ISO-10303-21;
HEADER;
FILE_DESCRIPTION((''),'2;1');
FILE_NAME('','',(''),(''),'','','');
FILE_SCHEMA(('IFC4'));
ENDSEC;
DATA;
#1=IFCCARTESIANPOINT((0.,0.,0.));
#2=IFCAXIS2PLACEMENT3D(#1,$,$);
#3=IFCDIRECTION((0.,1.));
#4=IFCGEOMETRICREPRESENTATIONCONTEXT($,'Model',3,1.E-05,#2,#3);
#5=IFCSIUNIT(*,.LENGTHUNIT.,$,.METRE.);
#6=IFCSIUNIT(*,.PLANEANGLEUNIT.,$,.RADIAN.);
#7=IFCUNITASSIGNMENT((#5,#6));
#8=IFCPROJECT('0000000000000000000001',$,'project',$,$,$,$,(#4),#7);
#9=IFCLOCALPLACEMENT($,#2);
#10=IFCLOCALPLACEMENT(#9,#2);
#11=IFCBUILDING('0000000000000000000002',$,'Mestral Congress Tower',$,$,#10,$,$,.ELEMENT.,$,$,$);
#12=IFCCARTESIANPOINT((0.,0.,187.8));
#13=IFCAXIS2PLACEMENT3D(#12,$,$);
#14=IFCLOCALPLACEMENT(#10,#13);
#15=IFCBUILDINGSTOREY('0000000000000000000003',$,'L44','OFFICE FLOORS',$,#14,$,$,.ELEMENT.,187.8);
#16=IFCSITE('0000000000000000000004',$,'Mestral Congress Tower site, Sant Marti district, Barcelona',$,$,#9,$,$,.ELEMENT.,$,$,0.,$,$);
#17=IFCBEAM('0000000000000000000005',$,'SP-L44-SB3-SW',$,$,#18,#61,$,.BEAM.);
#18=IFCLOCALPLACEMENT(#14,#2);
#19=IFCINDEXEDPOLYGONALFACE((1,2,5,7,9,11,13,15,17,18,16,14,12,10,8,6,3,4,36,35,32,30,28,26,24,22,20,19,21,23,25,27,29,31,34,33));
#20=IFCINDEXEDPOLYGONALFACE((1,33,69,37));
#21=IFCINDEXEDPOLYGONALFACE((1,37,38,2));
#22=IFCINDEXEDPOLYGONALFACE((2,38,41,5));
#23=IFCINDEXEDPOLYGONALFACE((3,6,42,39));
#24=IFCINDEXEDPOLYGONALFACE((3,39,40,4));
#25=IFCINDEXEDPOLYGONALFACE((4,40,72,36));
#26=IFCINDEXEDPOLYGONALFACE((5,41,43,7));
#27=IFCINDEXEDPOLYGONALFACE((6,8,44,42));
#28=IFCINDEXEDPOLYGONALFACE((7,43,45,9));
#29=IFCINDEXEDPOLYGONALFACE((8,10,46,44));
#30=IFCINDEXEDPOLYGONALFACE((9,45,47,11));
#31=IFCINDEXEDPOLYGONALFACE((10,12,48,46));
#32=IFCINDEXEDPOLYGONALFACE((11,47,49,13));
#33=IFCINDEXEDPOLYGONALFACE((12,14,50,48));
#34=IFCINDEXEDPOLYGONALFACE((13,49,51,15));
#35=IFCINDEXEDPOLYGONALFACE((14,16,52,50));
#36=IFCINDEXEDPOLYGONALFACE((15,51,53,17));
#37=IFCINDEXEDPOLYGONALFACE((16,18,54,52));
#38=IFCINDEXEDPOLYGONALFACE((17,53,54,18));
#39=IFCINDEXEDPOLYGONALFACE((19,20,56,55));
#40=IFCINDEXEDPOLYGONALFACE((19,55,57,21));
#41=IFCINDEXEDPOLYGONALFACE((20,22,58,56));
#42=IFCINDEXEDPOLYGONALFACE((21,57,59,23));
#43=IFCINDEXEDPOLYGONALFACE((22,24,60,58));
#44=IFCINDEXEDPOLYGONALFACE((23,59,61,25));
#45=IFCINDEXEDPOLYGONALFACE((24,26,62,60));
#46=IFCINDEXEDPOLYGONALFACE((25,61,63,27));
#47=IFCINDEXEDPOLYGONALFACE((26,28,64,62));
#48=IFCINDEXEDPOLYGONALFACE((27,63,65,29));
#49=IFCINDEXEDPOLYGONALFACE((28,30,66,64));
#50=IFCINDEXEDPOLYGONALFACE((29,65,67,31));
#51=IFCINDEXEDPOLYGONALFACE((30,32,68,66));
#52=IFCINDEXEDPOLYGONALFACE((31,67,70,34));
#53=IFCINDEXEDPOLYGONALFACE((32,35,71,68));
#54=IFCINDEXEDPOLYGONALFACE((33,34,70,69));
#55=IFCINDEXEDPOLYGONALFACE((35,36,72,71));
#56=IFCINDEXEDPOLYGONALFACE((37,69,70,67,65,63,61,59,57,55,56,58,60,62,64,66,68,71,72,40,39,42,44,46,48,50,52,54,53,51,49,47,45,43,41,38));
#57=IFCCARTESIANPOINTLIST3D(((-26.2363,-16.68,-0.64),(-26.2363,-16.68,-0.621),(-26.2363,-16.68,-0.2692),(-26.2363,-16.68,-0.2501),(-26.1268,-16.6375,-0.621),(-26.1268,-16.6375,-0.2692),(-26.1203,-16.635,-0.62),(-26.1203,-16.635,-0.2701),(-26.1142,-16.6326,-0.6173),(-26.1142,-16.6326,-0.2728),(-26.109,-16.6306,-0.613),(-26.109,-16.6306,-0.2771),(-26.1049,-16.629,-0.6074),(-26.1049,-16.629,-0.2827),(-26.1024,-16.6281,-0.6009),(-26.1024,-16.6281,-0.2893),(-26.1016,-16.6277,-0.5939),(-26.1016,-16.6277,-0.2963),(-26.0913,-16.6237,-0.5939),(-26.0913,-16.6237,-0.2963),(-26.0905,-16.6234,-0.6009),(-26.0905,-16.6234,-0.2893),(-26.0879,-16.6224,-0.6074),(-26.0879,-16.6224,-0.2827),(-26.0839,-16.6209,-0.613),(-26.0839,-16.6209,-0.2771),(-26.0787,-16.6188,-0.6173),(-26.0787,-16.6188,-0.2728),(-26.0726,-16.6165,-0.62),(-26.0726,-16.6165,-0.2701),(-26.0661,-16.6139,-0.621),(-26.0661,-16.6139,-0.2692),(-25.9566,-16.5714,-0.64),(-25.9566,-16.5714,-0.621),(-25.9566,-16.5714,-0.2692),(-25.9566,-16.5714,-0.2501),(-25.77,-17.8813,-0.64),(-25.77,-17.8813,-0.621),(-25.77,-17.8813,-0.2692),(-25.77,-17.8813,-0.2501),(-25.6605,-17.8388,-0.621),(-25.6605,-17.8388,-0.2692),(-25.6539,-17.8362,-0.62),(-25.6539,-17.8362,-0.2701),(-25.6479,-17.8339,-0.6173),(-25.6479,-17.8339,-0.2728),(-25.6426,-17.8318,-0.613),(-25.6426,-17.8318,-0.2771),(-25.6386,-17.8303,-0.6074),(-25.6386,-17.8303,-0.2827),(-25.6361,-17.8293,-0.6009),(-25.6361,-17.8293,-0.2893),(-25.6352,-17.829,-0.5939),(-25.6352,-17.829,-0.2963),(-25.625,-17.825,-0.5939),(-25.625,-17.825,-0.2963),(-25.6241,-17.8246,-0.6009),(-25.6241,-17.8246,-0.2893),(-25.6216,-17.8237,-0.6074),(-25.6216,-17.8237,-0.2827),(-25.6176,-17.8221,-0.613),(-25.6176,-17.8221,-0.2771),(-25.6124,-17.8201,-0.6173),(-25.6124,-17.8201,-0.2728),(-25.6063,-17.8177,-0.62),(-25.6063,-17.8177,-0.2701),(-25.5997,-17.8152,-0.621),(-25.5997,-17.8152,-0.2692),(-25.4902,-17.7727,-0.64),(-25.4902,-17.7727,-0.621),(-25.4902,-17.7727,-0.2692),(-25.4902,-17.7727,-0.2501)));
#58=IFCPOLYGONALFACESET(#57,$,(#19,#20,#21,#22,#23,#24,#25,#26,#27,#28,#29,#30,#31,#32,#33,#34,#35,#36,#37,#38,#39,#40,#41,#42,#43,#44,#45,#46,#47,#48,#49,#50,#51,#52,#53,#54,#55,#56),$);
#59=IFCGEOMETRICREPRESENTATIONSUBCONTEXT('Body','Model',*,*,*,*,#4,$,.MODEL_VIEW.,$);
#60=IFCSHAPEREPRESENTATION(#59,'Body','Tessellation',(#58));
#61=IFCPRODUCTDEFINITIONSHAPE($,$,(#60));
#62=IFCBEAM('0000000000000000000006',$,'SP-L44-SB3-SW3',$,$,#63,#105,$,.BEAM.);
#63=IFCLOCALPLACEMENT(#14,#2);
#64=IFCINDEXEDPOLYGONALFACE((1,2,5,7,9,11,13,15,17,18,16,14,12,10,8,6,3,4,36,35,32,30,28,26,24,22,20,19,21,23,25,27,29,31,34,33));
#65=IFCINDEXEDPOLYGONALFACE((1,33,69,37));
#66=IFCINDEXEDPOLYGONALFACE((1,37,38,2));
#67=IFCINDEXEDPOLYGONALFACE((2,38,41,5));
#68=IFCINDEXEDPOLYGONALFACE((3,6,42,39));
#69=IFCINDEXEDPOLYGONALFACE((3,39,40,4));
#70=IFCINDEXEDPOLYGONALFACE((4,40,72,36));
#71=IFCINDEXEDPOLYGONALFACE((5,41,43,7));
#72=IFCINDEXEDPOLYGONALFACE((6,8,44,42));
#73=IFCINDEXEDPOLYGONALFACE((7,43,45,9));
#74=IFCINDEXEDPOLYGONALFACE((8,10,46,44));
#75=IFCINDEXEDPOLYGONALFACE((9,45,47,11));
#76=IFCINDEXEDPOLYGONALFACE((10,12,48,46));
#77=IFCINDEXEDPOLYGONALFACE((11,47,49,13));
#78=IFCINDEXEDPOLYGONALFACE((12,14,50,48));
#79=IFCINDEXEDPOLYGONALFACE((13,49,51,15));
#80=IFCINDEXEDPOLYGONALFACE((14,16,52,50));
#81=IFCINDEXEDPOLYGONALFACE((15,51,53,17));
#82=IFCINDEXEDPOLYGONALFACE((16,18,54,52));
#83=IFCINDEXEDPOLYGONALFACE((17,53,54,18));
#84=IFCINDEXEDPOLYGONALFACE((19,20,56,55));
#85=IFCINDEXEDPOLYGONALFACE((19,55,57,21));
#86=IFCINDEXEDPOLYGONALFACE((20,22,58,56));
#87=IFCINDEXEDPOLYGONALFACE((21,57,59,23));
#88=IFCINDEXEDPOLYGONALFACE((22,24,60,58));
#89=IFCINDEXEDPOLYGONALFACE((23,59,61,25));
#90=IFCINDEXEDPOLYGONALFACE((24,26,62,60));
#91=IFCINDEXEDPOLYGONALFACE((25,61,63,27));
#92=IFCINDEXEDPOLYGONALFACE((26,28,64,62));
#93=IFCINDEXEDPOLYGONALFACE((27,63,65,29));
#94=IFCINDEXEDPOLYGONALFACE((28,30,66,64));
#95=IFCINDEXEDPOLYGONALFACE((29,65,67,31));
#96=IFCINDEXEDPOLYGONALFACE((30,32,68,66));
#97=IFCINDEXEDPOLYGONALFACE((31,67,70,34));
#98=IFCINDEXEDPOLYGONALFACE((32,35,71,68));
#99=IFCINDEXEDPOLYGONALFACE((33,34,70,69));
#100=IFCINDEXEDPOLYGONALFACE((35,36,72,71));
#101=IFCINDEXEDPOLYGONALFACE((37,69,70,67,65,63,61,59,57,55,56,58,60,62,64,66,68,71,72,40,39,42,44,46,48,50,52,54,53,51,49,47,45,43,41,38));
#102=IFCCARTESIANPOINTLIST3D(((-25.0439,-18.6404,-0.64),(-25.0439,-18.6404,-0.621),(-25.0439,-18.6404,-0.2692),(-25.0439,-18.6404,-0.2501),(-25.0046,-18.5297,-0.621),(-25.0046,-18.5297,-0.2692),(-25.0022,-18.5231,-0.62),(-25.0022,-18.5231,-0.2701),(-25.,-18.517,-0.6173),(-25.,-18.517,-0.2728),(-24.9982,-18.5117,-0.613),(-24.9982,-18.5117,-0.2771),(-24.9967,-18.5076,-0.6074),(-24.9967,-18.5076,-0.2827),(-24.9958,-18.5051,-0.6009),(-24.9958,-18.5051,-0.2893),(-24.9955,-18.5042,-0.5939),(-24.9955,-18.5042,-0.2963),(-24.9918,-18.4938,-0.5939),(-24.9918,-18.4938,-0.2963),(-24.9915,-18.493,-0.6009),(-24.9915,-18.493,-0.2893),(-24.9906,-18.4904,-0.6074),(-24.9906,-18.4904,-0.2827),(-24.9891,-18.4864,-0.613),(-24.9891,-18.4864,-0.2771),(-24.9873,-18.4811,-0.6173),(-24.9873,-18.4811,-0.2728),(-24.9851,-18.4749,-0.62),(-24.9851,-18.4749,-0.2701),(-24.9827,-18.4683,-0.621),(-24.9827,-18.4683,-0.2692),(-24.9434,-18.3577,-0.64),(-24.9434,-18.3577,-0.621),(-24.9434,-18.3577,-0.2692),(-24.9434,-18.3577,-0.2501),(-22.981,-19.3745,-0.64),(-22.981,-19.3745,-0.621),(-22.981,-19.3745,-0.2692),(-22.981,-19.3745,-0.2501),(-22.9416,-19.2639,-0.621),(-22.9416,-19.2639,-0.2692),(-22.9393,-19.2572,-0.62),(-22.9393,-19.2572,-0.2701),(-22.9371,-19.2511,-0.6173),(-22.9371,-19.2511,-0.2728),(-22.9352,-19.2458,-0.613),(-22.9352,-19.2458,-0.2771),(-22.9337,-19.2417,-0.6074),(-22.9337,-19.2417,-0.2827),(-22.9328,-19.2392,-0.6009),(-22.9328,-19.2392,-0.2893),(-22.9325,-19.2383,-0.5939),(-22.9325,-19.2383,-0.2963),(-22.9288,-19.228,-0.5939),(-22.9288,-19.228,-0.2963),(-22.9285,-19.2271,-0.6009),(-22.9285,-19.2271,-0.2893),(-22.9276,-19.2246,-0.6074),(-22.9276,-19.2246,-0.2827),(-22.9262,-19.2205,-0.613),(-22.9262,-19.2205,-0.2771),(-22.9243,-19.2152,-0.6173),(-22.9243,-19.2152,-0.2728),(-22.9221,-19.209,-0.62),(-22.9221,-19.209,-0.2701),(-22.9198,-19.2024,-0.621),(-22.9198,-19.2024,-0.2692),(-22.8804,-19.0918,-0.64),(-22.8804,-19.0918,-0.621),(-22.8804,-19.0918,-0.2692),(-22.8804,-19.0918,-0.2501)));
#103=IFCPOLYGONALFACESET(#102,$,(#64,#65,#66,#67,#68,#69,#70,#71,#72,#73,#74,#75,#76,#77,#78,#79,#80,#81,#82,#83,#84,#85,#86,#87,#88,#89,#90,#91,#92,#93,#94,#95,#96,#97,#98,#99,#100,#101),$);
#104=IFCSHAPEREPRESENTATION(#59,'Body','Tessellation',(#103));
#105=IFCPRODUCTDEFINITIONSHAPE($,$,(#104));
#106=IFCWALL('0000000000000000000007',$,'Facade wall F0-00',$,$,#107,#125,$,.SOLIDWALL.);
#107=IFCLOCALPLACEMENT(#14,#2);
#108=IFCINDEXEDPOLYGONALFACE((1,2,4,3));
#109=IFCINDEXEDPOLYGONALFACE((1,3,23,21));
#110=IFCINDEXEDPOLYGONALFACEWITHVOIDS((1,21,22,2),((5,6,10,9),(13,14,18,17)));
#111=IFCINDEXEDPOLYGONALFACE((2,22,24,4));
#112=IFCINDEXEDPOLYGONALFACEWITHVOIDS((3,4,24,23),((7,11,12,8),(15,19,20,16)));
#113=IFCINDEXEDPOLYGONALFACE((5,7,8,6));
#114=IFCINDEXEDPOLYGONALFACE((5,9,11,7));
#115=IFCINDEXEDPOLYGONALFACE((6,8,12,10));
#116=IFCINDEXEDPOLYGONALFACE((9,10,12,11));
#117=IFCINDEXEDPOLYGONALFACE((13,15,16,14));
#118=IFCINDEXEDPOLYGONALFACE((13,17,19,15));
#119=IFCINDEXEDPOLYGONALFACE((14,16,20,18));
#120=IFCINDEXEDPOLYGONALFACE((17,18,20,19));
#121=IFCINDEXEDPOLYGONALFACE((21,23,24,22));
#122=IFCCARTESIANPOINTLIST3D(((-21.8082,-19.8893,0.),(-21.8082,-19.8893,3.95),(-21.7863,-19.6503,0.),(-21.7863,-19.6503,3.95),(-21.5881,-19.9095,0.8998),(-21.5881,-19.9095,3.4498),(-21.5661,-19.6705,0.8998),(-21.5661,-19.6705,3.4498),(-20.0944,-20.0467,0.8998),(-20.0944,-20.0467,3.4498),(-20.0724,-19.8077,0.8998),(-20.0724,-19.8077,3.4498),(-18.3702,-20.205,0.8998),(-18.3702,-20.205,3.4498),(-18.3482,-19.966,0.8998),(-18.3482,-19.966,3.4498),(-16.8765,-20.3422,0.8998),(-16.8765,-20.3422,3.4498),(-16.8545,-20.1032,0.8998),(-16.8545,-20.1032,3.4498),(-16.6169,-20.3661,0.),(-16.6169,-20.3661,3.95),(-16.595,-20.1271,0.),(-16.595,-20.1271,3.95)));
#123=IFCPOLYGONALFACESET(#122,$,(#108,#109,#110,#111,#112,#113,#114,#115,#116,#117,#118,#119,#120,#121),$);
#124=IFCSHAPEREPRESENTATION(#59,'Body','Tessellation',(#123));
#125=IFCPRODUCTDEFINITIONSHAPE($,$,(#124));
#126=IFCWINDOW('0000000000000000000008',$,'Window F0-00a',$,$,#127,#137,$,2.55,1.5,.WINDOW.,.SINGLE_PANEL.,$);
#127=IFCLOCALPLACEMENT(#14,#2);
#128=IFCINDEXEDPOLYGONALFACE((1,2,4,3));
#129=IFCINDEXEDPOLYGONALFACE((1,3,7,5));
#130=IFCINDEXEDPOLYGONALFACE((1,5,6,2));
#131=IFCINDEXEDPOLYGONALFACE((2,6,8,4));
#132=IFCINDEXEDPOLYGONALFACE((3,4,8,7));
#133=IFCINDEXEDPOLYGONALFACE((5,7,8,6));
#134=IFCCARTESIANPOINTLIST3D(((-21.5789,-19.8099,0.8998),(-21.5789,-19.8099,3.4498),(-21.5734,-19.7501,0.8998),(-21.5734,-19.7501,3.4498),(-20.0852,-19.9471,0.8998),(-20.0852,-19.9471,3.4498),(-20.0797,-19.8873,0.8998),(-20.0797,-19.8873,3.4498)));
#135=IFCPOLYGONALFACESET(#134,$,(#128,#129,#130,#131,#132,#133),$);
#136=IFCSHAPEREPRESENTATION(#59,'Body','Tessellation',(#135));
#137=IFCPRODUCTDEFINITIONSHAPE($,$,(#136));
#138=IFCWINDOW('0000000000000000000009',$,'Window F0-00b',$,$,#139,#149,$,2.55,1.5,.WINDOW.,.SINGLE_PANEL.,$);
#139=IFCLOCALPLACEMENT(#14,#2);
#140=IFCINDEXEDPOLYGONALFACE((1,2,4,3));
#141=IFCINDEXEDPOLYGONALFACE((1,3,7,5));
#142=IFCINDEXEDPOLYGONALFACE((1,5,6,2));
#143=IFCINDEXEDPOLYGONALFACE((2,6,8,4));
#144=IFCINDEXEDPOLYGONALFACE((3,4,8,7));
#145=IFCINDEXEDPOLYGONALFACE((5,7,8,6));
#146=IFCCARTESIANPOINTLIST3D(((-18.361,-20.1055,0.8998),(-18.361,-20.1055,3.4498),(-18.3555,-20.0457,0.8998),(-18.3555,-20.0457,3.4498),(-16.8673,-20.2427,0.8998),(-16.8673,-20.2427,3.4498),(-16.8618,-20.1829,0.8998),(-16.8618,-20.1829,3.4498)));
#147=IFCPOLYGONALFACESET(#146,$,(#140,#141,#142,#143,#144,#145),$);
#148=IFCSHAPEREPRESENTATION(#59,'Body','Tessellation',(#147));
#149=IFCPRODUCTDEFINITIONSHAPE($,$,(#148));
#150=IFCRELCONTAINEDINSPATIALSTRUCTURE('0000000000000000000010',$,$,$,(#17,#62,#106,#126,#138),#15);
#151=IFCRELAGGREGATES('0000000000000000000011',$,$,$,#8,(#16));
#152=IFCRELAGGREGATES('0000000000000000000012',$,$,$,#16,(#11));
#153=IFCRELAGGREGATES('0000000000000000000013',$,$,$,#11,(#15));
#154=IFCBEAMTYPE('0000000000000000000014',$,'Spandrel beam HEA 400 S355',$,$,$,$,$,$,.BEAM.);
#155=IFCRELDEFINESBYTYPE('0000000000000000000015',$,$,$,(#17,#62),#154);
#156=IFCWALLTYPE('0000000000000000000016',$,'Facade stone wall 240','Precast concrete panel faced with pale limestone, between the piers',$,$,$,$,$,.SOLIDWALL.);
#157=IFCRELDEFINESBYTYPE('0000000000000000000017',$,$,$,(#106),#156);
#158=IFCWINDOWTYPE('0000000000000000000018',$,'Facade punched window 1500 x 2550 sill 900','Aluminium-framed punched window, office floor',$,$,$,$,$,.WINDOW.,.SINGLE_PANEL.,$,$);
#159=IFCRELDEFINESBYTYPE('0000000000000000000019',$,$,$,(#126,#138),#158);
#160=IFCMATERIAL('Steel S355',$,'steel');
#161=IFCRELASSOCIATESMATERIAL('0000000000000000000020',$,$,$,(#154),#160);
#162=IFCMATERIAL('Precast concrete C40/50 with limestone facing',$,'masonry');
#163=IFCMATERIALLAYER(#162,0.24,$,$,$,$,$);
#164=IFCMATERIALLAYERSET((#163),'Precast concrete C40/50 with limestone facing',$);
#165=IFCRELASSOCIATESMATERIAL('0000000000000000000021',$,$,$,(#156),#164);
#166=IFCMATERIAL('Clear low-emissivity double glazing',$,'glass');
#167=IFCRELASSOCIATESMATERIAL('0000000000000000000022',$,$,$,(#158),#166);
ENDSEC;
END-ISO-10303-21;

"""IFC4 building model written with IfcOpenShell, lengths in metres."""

from ifc_helpers import new_model, si_unit, direction, frame, frame_2d, origin, origin_2d, place, context, subcontext, project, spatial, rectangle, i_section, extrude, material, layer, layer_set, material_profile, profile_set, type_object, element, fill, save


model = new_model("IFC4")

# Units and contexts
model_context = context("Model", 3, precision=1e-05, world=origin(), true_north=direction((0.0, 1.0)))
body_context = subcontext(model_context, "Body", "Model", "MODEL_VIEW")
ifc_project = project(units=[si_unit("LENGTHUNIT", "METRE"), si_unit("PLANEANGLEUNIT", "RADIAN")], contexts=[model_context])

# Site, building, storey
site_placement = place(None, origin())
site = spatial("IfcSite", under=ifc_project, at=site_placement, Name="Mestral Congress Tower site, Sant Marti district, Barcelona", CompositionType="ELEMENT", RefElevation=0.0)
building_placement = place(site_placement, origin())
building = spatial("IfcBuilding", under=site, at=building_placement, Name="Mestral Congress Tower", CompositionType="ELEMENT")
storey_placement = place(building_placement, frame((0.0, 0.0, 187.8)))
storey = spatial("IfcBuildingStorey", under=building, at=storey_placement, Name="L44", Description="OFFICE FLOORS", CompositionType="ELEMENT", Elevation=187.8)

# Beams
ifc_material_1 = material(Name="Steel S355", Category="steel")
ifc_material_profile_1 = material_profile(ifc_material_1, i_section(OverallWidth=0.3, OverallDepth=0.3899, WebThickness=0.011, FlangeThickness=0.019, FilletRadius=0.0271, at=origin_2d()), Name="HEA 400")
ifc_profile_set_1 = profile_set([ifc_material_profile_1], Name="Steel S355")
beam_type_1 = type_object("IfcBeamType", Name="Spandrel beam HEA 400 S355", PredefinedType="BEAM", material=ifc_profile_set_1)
beam_1_placement = place(storey_placement, frame((-26.0964, -16.6257, -0.4451), z_axis=(0.361898, -0.932218, 0.0), x_axis=(0.932218, 0.361898, 0.0)))
element("IfcBeam", 1, at=beam_1_placement, inside=storey, type_object=beam_type_1, Name="SP-L44-SB3-SW", PredefinedType="BEAM", context=body_context, shape_type="SweptSolid", body=[
    extrude(i_section(OverallWidth=0.3, OverallDepth=0.3899, WebThickness=0.011, FlangeThickness=0.019, FilletRadius=0.0271, at=origin_2d()), origin(), (0.0, 0.0, 1.0), 1.2886),
])
beam_2_placement = place(storey_placement, frame((-24.9937, -18.499, -0.4451), z_axis=(0.942125, -0.335263, 0.0), x_axis=(0.335263, 0.942125, 0.0)))
element("IfcBeam", 2, at=beam_2_placement, inside=storey, type_object=beam_type_1, Name="SP-L44-SB3-SW3", PredefinedType="BEAM", context=body_context, shape_type="SweptSolid", body=[
    extrude(i_section(OverallWidth=0.3, OverallDepth=0.3899, WebThickness=0.011, FlangeThickness=0.019, FilletRadius=0.0271, at=origin_2d()), origin(), (0.0, 0.0, 1.0), 2.1897),
])

# Wall, openings, windows
ifc_material_2 = material(Name="Precast concrete C40/50 with limestone facing", Category="masonry")
ifc_layer = layer(ifc_material_2, 0.24)
ifc_layer_set = layer_set([ifc_layer], Name="Precast concrete C40/50 with limestone facing")
wall_type = type_object("IfcWallType", Name="Facade stone wall 240", Description="Precast concrete panel faced with pale limestone, between the piers", PredefinedType="SOLIDWALL", material=ifc_layer_set)
wall_1_placement = place(storey_placement, frame((-21.7971, -19.7698, 0.0), z_axis=(0.0, 0.0, 1.0), x_axis=(0.995809, -0.09146, 0.0)))
wall_1 = element("IfcWall", 3, at=wall_1_placement, inside=storey, type_object=wall_type, Name="Facade wall F0-00", PredefinedType="SOLIDWALL", context=body_context, shape_type="SweptSolid", body=[
    extrude(rectangle(XDim=5.2131, YDim=0.24, at=frame_2d((2.6064, 0.0))), origin(), (0.0, 0.0, 1.0), 3.95),
])
opening_1_placement = place(wall_1_placement, frame((0.2209, 0.0, 0.8999)))
opening_1 = element("IfcOpeningElement", 4, at=opening_1_placement, cuts=wall_1, PredefinedType="OPENING", context=body_context, shape_type="SweptSolid", body=[
    extrude(rectangle(XDim=1.5, YDim=2.55, at=frame_2d((0.75, 1.2749))), frame((0.0, 0.1299, 0.0), z_axis=(0.0, -1.0, 0.0), x_axis=(1.0, 0.0, 0.0)), (0.0, 0.0, 1.0), 0.26),
])
opening_2_placement = place(wall_1_placement, frame((3.4524, 0.0, 0.8999)))
opening_2 = element("IfcOpeningElement", 5, at=opening_2_placement, cuts=wall_1, PredefinedType="OPENING", context=body_context, shape_type="SweptSolid", body=[
    extrude(rectangle(XDim=1.5, YDim=2.55, at=frame_2d((0.75, 1.2749))), frame((0.0, 0.1299, 0.0), z_axis=(0.0, -1.0, 0.0), x_axis=(1.0, 0.0, 0.0)), (0.0, 0.0, 1.0), 0.26),
])
ifc_material_3 = material(Name="Clear low-emissivity double glazing", Category="glass")
window_type_1 = type_object("IfcWindowType", Name="Facade punched window 1500 x 2550 sill 900", Description="Aluminium-framed punched window, office floor", PartitioningType="SINGLE_PANEL", PredefinedType="WINDOW", material=ifc_material_3)
window_1_placement = place(opening_1_placement, origin())
window_1 = element("IfcWindow", 6, at=window_1_placement, inside=storey, type_object=window_type_1, Name="Window F0-00a", OverallHeight=2.55, OverallWidth=1.5, PartitioningType="SINGLE_PANEL", PredefinedType="WINDOW", context=body_context, shape_type="SweptSolid", body=[
    extrude(rectangle(XDim=1.5, YDim=2.55, at=frame_2d((0.75, 1.2749))), frame((0.0, 0.04, 0.0), z_axis=(0.0, -1.0, 0.0), x_axis=(1.0, 0.0, 0.0)), (0.0, 0.0, 1.0), 0.0601),
])
fill(opening_1, window_1)
window_2_placement = place(opening_2_placement, origin())
window_2 = element("IfcWindow", 7, at=window_2_placement, inside=storey, type_object=window_type_1, Name="Window F0-00b", OverallHeight=2.55, OverallWidth=1.5, PartitioningType="SINGLE_PANEL", PredefinedType="WINDOW", context=body_context, shape_type="SweptSolid", body=[
    extrude(rectangle(XDim=1.5, YDim=2.55, at=frame_2d((0.75, 1.2749))), frame((0.0, 0.04, 0.0), z_axis=(0.0, -1.0, 0.0), x_axis=(1.0, 0.0, 0.0)), (0.0, 0.0, 1.0), 0.0601),
])
fill(opening_2, window_2)

save(model, "model.ifc")
